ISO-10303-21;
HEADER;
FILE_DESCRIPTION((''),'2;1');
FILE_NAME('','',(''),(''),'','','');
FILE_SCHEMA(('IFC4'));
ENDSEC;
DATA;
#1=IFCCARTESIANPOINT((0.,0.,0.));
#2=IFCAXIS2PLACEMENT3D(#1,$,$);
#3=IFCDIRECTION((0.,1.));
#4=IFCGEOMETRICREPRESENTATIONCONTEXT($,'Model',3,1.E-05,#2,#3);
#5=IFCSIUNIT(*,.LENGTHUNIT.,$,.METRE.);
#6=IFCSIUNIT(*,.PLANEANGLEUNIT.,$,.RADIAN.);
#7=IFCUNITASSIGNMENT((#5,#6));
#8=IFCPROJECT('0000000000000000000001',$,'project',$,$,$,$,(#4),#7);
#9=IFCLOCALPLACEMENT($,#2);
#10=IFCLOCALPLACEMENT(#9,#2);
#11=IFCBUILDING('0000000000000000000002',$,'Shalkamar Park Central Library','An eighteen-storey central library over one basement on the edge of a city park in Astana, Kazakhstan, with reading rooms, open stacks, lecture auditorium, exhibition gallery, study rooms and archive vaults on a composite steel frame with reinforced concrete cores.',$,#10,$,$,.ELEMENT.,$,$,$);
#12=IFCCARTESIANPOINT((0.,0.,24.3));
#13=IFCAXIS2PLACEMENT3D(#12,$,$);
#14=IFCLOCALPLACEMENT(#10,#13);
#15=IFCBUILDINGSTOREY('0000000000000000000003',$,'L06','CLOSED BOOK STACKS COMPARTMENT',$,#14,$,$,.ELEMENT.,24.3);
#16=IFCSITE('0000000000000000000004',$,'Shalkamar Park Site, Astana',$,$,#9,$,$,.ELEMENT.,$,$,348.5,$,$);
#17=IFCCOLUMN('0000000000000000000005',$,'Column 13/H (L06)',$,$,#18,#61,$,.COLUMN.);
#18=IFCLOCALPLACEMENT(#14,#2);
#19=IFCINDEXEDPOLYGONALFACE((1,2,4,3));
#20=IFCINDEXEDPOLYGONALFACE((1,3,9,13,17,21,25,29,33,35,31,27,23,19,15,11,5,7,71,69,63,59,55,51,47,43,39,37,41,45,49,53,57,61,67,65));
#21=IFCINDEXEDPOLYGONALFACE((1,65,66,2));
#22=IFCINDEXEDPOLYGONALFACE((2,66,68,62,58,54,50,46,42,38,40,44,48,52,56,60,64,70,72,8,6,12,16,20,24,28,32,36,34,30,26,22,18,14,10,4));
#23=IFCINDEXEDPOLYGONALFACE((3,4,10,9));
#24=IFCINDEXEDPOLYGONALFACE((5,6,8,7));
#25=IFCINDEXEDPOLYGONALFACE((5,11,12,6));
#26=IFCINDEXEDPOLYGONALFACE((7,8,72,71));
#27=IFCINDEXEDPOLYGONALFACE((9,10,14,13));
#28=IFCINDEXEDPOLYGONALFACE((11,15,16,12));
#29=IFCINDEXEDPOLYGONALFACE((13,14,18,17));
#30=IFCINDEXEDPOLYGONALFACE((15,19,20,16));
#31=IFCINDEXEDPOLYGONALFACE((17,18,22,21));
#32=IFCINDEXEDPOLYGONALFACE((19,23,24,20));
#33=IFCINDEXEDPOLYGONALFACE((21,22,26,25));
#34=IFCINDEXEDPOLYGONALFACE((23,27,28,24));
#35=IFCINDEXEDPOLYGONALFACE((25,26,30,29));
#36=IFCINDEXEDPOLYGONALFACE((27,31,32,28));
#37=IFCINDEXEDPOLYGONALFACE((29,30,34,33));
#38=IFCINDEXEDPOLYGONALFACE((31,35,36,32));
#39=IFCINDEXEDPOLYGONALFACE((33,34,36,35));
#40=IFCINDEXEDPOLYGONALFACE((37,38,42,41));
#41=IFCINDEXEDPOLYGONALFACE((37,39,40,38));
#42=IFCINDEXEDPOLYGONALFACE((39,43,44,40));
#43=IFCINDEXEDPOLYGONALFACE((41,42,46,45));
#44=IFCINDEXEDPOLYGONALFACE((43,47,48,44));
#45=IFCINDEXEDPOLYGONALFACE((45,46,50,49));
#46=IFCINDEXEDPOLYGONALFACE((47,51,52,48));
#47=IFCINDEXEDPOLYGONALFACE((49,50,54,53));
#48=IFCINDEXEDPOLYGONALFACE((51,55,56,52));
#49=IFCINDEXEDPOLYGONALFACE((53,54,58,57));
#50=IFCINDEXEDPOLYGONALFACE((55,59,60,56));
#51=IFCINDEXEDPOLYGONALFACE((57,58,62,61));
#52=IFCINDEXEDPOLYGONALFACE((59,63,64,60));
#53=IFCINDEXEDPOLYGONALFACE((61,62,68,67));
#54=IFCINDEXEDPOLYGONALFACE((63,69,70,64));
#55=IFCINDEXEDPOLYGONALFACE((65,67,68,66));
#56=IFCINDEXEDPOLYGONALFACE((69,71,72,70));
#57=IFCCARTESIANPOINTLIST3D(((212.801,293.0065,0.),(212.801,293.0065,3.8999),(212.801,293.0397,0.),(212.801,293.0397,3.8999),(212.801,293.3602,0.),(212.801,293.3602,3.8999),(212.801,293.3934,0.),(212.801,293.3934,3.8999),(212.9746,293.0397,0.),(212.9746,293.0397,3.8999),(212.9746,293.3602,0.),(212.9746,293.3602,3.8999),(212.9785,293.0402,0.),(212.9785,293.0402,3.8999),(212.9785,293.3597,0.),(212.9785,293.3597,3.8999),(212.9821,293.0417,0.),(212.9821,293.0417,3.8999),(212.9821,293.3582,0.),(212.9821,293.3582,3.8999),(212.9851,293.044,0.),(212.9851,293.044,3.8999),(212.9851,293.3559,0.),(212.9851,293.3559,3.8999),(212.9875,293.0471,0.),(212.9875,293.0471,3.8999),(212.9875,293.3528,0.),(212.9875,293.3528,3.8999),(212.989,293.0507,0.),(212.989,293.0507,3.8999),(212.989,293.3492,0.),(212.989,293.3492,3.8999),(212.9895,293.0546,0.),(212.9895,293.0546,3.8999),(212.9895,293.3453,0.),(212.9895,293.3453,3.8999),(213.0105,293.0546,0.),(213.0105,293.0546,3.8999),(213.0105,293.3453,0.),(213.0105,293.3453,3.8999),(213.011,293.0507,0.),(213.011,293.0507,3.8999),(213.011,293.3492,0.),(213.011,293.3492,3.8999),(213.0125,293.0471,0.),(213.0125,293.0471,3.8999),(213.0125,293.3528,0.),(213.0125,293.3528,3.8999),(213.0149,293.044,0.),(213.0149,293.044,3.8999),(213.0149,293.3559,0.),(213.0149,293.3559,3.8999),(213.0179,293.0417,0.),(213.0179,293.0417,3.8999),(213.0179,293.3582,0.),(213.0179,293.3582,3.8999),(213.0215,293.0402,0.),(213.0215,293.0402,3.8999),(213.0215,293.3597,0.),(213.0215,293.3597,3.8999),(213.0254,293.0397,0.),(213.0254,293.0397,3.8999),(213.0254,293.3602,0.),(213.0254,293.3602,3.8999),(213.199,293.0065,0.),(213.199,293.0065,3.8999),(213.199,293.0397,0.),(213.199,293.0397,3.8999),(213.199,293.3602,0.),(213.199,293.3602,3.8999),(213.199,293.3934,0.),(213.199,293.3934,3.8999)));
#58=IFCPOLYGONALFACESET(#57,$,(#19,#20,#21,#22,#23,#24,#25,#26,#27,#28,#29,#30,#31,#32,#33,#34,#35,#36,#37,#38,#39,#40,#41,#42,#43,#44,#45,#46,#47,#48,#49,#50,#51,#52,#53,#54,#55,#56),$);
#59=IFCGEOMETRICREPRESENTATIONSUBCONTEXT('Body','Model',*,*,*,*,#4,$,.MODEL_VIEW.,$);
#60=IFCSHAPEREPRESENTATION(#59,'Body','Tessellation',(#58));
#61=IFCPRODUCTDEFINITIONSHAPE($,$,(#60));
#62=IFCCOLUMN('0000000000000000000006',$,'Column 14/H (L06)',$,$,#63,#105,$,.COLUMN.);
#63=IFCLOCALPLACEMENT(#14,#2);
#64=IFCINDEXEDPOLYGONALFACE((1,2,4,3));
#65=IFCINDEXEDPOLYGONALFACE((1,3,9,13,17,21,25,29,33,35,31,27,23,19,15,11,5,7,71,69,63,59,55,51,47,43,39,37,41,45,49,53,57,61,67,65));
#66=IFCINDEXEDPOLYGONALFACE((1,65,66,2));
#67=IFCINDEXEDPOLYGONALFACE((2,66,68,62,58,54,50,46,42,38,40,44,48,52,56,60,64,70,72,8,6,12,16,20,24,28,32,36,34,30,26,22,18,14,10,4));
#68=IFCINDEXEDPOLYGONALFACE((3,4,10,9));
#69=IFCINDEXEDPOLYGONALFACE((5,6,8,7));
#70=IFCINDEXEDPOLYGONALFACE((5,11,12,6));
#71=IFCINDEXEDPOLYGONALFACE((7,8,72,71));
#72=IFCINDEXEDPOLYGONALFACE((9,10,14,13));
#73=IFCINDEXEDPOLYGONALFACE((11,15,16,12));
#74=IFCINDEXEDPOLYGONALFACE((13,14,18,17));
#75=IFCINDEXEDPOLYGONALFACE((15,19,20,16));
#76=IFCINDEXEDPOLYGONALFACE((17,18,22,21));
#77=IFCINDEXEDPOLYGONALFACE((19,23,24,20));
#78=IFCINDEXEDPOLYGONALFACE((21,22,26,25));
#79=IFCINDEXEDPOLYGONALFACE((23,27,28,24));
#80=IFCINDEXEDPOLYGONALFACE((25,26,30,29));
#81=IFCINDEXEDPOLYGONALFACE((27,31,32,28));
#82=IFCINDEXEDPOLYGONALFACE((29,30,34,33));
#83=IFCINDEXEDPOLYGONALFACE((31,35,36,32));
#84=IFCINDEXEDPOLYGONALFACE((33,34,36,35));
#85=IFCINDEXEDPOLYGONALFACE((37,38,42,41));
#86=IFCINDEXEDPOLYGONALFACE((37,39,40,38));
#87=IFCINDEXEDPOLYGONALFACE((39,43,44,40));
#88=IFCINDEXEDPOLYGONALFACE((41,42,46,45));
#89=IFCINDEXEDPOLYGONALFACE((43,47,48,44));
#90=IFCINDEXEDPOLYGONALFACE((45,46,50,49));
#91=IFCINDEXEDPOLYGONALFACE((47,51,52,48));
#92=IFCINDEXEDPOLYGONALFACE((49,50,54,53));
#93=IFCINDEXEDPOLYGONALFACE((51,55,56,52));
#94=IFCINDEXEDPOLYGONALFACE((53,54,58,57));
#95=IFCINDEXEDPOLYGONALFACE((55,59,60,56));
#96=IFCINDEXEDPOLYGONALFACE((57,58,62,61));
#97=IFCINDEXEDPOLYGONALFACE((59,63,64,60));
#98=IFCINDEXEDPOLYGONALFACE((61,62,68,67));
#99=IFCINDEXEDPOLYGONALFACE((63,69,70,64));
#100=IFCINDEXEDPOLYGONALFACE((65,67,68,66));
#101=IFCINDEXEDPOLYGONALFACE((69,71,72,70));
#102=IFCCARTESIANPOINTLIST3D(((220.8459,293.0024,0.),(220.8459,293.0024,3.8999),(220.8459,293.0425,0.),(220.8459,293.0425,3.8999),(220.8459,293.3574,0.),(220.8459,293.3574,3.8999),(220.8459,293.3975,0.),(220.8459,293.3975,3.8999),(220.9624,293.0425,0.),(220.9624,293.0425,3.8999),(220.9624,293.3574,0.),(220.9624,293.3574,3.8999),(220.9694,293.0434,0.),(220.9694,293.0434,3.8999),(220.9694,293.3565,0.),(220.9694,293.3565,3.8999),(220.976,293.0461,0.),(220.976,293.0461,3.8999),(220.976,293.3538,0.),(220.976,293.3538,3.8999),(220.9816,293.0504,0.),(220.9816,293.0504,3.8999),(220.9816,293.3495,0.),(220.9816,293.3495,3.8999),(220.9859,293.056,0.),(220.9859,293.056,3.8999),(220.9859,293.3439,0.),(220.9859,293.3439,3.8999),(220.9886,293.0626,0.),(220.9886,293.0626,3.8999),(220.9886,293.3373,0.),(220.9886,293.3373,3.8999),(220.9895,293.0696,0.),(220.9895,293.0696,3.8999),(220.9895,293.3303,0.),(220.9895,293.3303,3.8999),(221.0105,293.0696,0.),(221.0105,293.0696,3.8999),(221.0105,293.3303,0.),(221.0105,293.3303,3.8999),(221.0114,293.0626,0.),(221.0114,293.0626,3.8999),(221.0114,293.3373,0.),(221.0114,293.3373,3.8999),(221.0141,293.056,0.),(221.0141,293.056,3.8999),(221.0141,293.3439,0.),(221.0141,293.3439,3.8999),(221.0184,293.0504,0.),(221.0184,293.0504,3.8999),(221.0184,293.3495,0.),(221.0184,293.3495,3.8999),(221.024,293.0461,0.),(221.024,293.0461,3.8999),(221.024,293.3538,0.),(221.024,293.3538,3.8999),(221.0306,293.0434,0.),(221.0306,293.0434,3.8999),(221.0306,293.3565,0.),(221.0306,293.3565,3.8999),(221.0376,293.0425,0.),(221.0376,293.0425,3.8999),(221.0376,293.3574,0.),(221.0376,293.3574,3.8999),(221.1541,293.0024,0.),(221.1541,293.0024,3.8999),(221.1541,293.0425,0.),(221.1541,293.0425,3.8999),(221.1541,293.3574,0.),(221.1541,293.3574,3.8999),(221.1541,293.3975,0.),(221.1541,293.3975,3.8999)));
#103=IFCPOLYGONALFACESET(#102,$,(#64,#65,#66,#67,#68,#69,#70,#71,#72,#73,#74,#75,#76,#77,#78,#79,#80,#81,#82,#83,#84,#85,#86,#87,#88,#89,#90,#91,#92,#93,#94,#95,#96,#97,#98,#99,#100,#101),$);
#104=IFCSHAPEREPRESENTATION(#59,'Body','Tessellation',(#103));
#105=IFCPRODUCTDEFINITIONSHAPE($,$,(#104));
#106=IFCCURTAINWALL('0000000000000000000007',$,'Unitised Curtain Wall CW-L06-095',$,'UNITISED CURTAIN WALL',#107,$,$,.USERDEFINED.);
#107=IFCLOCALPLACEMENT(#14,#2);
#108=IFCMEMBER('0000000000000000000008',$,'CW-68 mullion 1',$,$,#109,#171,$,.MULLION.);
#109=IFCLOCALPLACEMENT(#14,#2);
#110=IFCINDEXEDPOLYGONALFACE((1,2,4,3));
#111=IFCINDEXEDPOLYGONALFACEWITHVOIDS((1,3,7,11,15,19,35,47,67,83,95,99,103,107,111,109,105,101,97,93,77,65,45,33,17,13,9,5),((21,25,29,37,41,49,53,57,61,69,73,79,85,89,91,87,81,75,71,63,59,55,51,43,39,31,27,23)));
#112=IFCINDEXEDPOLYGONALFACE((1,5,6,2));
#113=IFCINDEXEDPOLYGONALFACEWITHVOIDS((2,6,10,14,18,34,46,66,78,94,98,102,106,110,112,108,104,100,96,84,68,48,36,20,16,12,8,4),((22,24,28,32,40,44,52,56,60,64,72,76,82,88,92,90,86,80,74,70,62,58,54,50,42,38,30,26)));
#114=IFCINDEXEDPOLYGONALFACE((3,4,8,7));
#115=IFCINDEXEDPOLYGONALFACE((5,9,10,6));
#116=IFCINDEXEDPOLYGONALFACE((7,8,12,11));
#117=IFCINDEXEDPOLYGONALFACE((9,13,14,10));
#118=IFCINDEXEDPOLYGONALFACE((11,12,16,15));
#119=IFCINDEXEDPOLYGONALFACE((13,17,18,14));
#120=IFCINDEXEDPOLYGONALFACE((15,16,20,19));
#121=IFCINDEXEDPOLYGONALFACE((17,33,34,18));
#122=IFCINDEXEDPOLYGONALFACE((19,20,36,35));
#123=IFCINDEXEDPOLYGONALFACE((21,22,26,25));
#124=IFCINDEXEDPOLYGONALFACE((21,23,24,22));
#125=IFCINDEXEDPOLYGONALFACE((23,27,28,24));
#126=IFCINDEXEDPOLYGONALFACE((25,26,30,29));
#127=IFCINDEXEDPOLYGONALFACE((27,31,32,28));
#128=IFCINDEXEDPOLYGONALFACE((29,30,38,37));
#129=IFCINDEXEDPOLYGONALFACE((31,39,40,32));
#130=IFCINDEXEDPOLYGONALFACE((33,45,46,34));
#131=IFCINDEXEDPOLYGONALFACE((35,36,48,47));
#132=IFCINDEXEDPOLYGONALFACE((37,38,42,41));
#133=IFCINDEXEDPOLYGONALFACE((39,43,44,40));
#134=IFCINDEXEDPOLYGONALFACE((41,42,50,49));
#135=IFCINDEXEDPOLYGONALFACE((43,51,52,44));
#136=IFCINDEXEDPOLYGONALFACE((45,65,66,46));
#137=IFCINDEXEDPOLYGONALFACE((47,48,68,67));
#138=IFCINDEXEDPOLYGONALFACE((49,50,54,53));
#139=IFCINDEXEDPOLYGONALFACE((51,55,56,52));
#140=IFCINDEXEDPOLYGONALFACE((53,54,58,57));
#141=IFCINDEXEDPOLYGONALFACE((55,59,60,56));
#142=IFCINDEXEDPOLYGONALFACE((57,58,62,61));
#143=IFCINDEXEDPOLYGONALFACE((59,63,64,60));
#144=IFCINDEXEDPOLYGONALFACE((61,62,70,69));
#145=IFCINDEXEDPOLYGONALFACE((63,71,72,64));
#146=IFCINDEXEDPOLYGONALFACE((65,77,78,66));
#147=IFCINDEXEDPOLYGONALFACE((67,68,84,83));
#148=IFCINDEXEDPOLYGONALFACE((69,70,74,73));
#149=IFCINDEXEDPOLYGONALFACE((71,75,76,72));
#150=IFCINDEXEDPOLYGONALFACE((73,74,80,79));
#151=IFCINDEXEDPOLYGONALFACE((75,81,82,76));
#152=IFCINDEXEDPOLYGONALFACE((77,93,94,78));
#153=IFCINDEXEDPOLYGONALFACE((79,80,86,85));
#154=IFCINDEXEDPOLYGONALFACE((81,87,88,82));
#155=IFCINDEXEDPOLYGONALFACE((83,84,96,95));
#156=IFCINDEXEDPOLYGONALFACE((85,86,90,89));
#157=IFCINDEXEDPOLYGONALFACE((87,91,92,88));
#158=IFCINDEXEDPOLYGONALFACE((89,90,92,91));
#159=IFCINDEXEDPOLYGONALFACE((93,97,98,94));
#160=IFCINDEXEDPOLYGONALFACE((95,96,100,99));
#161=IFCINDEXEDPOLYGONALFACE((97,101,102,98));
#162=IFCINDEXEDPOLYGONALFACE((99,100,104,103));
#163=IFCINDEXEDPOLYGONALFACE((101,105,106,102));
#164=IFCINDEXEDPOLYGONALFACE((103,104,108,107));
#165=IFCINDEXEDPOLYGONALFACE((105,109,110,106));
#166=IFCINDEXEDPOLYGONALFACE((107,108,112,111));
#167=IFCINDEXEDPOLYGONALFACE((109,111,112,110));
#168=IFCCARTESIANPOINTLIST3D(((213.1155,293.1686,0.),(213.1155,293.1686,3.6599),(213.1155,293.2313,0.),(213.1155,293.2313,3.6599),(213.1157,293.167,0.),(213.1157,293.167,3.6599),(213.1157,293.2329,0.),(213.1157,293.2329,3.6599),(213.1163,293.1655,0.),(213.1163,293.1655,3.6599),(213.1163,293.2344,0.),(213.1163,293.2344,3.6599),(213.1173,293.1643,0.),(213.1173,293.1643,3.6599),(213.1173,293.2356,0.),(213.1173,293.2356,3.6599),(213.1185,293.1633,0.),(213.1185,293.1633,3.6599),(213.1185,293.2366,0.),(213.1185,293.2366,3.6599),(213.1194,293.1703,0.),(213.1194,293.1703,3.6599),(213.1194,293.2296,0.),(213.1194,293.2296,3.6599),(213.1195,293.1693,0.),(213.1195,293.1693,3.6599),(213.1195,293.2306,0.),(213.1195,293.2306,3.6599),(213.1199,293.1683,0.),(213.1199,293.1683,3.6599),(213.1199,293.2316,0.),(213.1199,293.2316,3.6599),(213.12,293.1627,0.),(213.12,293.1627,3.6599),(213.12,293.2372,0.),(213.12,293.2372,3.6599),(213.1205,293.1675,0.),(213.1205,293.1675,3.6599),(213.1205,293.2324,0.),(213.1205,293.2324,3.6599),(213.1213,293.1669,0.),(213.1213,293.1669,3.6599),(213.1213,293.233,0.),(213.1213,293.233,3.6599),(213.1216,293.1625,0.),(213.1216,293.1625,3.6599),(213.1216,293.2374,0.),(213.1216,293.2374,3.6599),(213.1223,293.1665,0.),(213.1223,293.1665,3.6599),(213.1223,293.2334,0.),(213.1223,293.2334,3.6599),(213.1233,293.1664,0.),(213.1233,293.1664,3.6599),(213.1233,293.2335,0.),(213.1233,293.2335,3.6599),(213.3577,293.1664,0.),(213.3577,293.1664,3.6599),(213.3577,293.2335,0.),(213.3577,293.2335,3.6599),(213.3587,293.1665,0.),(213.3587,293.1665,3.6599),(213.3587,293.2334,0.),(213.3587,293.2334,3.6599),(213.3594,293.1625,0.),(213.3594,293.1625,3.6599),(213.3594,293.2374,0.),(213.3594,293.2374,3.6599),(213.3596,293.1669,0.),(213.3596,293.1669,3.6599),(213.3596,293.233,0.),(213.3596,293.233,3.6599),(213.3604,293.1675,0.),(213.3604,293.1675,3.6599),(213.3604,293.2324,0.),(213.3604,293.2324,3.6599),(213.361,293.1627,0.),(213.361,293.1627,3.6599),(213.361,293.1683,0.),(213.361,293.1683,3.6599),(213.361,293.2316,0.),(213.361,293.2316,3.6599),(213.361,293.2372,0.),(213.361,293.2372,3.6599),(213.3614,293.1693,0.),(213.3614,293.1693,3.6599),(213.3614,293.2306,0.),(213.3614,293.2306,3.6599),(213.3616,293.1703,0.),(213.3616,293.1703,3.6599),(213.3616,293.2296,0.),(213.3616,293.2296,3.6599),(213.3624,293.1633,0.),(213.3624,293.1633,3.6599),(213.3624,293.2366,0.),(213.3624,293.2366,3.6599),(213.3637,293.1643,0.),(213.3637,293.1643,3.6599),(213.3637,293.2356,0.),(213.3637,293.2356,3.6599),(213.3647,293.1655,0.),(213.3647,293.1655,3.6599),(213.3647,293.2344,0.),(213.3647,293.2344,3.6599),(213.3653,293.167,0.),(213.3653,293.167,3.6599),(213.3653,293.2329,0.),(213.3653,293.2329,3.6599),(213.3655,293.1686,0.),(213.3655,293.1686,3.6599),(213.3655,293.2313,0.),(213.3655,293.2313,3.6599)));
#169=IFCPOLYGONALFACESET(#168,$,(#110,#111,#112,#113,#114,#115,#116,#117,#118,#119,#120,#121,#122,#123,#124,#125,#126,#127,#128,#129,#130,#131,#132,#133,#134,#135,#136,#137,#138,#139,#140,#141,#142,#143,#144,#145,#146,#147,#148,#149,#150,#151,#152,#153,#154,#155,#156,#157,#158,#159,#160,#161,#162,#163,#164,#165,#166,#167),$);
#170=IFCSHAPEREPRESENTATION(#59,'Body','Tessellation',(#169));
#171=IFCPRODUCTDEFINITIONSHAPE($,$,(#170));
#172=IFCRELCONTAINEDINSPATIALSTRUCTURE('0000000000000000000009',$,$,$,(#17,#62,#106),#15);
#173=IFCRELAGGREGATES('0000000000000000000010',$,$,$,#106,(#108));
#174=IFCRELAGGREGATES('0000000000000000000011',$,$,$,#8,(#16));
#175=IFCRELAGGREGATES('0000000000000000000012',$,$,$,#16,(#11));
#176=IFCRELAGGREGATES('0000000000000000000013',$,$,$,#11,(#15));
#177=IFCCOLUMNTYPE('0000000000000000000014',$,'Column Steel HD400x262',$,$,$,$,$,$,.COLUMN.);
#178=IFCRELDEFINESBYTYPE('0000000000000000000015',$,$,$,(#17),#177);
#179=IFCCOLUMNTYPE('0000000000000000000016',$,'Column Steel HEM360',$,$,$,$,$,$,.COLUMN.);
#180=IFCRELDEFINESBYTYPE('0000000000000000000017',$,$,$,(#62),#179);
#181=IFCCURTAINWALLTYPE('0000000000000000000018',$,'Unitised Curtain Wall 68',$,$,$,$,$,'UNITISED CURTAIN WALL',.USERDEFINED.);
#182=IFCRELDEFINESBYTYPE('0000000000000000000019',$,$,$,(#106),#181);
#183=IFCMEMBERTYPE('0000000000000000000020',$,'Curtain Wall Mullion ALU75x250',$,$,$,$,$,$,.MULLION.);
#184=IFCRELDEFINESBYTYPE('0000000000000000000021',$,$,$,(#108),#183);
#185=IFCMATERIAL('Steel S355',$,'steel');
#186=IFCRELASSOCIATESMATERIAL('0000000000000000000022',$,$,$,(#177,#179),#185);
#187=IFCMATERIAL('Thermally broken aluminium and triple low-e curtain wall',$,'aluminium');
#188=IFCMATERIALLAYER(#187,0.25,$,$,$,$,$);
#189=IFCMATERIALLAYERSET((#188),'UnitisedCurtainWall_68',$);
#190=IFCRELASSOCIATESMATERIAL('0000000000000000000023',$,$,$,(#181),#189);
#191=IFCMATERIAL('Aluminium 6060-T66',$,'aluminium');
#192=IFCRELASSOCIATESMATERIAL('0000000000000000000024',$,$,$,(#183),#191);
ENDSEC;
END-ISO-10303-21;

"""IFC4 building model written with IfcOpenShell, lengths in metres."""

from ifc_helpers import new_model, si_unit, direction, frame, origin, origin_2d, place, context, subcontext, project, spatial, hollow_rectangle, i_section, extrude, material, layer, layer_set, material_profile, profile_set, type_object, element, aggregate, save


model = new_model("IFC4")

# Units and contexts
model_context = context("Model", 3, precision=1e-05, world=origin(), true_north=direction((0.0, 1.0)))
body_context = subcontext(model_context, "Body", "Model", "MODEL_VIEW")
ifc_project = project(units=[si_unit("LENGTHUNIT", "METRE"), si_unit("PLANEANGLEUNIT", "RADIAN")], contexts=[model_context])

# Site, building, storey
site_placement = place(None, origin())
site = spatial("IfcSite", under=ifc_project, at=site_placement, Name="Shalkamar Park Site, Astana", CompositionType="ELEMENT", RefElevation=348.5)
building_placement = place(site_placement, origin())
building = spatial("IfcBuilding", under=site, at=building_placement, Name="Shalkamar Park Central Library", Description="An eighteen-storey central library over one basement on the edge of a city park in Astana, Kazakhstan, with reading rooms, open stacks, lecture auditorium, exhibition gallery, study rooms and archive vaults on a composite steel frame with reinforced concrete cores.", CompositionType="ELEMENT")
storey_placement = place(building_placement, frame((0.0, 0.0, 24.3)))
storey = spatial("IfcBuildingStorey", under=building, at=storey_placement, Name="L06", Description="CLOSED BOOK STACKS COMPARTMENT", CompositionType="ELEMENT", Elevation=24.3)

# Columns
ifc_material_1 = material(Name="Steel S355", Category="steel")
ifc_material_profile_1 = material_profile(ifc_material_1, i_section(OverallWidth=0.3979, OverallDepth=0.387, WebThickness=0.021, FlangeThickness=0.0332, FilletRadius=0.0149, at=origin_2d()), Name="HD 400x262")
ifc_profile_set_1 = profile_set([ifc_material_profile_1], Name="Steel S355")
column_type_1 = type_object("IfcColumnType", Name="Column Steel HD400x262", PredefinedType="COLUMN", material=ifc_profile_set_1)
column_1_placement = place(storey_placement, frame((213.0, 293.2, 0.0), z_axis=(0.0, 0.0, 1.0), x_axis=(1.0, 0.0, 0.0)))
element("IfcColumn", 1, at=column_1_placement, inside=storey, type_object=column_type_1, Name="Column 13/H (L06)", PredefinedType="COLUMN", context=body_context, shape_type="SweptSolid", body=[
    extrude(i_section(OverallWidth=0.3979, OverallDepth=0.387, WebThickness=0.021, FlangeThickness=0.0332, FilletRadius=0.0149, at=origin_2d()), origin(), (0.0, 0.0, 1.0), 3.8999),
])
ifc_material_profile_2 = material_profile(ifc_material_1, i_section(OverallWidth=0.3081, OverallDepth=0.395, WebThickness=0.021, FlangeThickness=0.04, FilletRadius=0.0271, at=origin_2d()), Name="HEM 360")
ifc_profile_set_2 = profile_set([ifc_material_profile_2], Name="Steel S355")
column_type_2 = type_object("IfcColumnType", Name="Column Steel HEM360", PredefinedType="COLUMN", material=ifc_profile_set_2)
column_2_placement = place(storey_placement, frame((221.0, 293.2, 0.0), z_axis=(0.0, 0.0, 1.0), x_axis=(1.0, 0.0, 0.0)))
element("IfcColumn", 2, at=column_2_placement, inside=storey, type_object=column_type_2, Name="Column 14/H (L06)", PredefinedType="COLUMN", context=body_context, shape_type="SweptSolid", body=[
    extrude(i_section(OverallWidth=0.3081, OverallDepth=0.395, WebThickness=0.021, FlangeThickness=0.04, FilletRadius=0.0271, at=origin_2d()), origin(), (0.0, 0.0, 1.0), 3.8999),
])

# Curtain wall, member
ifc_material_2 = material(Name="Thermally broken aluminium and triple low-e curtain wall", Category="aluminium")
ifc_layer_1 = layer(ifc_material_2, 0.25)
ifc_layer_set_1 = layer_set([ifc_layer_1], Name="UnitisedCurtainWall_68")
curtain_wall_type_1 = type_object("IfcCurtainWallType", Name="Unitised Curtain Wall 68", ElementType="UNITISED CURTAIN WALL", PredefinedType="USERDEFINED", material=ifc_layer_set_1)
curtain_wall_1_placement = place(storey_placement, origin())
curtain_wall_1 = element("IfcCurtainWall", 3, at=curtain_wall_1_placement, inside=storey, type_object=curtain_wall_type_1, Name="Unitised Curtain Wall CW-L06-095", ObjectType="UNITISED CURTAIN WALL", PredefinedType="USERDEFINED")
ifc_material_3 = material(Name="Aluminium 6060-T66", Category="aluminium")
ifc_material_profile_3 = material_profile(ifc_material_3, hollow_rectangle(XDim=0.075, YDim=0.25, WallThickness=0.0039, InnerFilletRadius=0.0039, OuterFilletRadius=0.0061, at=origin_2d()), Name="ALU 75x250x4")
ifc_profile_set_3 = profile_set([ifc_material_profile_3], Name="Aluminium 6060-T66")
member_type_1 = type_object("IfcMemberType", Name="Curtain Wall Mullion ALU75x250", PredefinedType="MULLION", material=ifc_profile_set_3)
member_1_placement = place(storey_placement, frame((213.2405, 293.2, 0.0), z_axis=(0.0, 0.0, 1.0), x_axis=(0.0, 1.0, 0.0)))
member_1 = element("IfcMember", 4, at=member_1_placement, type_object=member_type_1, Name="CW-68 mullion 1", PredefinedType="MULLION", context=body_context, shape_type="SweptSolid", body=[
    extrude(hollow_rectangle(XDim=0.075, YDim=0.25, WallThickness=0.0039, InnerFilletRadius=0.0039, OuterFilletRadius=0.0061, at=origin_2d()), origin(), (0.0, 0.0, 1.0), 3.6599),
])

aggregate(curtain_wall_1, [member_1])

save(model, "model.ifc")
